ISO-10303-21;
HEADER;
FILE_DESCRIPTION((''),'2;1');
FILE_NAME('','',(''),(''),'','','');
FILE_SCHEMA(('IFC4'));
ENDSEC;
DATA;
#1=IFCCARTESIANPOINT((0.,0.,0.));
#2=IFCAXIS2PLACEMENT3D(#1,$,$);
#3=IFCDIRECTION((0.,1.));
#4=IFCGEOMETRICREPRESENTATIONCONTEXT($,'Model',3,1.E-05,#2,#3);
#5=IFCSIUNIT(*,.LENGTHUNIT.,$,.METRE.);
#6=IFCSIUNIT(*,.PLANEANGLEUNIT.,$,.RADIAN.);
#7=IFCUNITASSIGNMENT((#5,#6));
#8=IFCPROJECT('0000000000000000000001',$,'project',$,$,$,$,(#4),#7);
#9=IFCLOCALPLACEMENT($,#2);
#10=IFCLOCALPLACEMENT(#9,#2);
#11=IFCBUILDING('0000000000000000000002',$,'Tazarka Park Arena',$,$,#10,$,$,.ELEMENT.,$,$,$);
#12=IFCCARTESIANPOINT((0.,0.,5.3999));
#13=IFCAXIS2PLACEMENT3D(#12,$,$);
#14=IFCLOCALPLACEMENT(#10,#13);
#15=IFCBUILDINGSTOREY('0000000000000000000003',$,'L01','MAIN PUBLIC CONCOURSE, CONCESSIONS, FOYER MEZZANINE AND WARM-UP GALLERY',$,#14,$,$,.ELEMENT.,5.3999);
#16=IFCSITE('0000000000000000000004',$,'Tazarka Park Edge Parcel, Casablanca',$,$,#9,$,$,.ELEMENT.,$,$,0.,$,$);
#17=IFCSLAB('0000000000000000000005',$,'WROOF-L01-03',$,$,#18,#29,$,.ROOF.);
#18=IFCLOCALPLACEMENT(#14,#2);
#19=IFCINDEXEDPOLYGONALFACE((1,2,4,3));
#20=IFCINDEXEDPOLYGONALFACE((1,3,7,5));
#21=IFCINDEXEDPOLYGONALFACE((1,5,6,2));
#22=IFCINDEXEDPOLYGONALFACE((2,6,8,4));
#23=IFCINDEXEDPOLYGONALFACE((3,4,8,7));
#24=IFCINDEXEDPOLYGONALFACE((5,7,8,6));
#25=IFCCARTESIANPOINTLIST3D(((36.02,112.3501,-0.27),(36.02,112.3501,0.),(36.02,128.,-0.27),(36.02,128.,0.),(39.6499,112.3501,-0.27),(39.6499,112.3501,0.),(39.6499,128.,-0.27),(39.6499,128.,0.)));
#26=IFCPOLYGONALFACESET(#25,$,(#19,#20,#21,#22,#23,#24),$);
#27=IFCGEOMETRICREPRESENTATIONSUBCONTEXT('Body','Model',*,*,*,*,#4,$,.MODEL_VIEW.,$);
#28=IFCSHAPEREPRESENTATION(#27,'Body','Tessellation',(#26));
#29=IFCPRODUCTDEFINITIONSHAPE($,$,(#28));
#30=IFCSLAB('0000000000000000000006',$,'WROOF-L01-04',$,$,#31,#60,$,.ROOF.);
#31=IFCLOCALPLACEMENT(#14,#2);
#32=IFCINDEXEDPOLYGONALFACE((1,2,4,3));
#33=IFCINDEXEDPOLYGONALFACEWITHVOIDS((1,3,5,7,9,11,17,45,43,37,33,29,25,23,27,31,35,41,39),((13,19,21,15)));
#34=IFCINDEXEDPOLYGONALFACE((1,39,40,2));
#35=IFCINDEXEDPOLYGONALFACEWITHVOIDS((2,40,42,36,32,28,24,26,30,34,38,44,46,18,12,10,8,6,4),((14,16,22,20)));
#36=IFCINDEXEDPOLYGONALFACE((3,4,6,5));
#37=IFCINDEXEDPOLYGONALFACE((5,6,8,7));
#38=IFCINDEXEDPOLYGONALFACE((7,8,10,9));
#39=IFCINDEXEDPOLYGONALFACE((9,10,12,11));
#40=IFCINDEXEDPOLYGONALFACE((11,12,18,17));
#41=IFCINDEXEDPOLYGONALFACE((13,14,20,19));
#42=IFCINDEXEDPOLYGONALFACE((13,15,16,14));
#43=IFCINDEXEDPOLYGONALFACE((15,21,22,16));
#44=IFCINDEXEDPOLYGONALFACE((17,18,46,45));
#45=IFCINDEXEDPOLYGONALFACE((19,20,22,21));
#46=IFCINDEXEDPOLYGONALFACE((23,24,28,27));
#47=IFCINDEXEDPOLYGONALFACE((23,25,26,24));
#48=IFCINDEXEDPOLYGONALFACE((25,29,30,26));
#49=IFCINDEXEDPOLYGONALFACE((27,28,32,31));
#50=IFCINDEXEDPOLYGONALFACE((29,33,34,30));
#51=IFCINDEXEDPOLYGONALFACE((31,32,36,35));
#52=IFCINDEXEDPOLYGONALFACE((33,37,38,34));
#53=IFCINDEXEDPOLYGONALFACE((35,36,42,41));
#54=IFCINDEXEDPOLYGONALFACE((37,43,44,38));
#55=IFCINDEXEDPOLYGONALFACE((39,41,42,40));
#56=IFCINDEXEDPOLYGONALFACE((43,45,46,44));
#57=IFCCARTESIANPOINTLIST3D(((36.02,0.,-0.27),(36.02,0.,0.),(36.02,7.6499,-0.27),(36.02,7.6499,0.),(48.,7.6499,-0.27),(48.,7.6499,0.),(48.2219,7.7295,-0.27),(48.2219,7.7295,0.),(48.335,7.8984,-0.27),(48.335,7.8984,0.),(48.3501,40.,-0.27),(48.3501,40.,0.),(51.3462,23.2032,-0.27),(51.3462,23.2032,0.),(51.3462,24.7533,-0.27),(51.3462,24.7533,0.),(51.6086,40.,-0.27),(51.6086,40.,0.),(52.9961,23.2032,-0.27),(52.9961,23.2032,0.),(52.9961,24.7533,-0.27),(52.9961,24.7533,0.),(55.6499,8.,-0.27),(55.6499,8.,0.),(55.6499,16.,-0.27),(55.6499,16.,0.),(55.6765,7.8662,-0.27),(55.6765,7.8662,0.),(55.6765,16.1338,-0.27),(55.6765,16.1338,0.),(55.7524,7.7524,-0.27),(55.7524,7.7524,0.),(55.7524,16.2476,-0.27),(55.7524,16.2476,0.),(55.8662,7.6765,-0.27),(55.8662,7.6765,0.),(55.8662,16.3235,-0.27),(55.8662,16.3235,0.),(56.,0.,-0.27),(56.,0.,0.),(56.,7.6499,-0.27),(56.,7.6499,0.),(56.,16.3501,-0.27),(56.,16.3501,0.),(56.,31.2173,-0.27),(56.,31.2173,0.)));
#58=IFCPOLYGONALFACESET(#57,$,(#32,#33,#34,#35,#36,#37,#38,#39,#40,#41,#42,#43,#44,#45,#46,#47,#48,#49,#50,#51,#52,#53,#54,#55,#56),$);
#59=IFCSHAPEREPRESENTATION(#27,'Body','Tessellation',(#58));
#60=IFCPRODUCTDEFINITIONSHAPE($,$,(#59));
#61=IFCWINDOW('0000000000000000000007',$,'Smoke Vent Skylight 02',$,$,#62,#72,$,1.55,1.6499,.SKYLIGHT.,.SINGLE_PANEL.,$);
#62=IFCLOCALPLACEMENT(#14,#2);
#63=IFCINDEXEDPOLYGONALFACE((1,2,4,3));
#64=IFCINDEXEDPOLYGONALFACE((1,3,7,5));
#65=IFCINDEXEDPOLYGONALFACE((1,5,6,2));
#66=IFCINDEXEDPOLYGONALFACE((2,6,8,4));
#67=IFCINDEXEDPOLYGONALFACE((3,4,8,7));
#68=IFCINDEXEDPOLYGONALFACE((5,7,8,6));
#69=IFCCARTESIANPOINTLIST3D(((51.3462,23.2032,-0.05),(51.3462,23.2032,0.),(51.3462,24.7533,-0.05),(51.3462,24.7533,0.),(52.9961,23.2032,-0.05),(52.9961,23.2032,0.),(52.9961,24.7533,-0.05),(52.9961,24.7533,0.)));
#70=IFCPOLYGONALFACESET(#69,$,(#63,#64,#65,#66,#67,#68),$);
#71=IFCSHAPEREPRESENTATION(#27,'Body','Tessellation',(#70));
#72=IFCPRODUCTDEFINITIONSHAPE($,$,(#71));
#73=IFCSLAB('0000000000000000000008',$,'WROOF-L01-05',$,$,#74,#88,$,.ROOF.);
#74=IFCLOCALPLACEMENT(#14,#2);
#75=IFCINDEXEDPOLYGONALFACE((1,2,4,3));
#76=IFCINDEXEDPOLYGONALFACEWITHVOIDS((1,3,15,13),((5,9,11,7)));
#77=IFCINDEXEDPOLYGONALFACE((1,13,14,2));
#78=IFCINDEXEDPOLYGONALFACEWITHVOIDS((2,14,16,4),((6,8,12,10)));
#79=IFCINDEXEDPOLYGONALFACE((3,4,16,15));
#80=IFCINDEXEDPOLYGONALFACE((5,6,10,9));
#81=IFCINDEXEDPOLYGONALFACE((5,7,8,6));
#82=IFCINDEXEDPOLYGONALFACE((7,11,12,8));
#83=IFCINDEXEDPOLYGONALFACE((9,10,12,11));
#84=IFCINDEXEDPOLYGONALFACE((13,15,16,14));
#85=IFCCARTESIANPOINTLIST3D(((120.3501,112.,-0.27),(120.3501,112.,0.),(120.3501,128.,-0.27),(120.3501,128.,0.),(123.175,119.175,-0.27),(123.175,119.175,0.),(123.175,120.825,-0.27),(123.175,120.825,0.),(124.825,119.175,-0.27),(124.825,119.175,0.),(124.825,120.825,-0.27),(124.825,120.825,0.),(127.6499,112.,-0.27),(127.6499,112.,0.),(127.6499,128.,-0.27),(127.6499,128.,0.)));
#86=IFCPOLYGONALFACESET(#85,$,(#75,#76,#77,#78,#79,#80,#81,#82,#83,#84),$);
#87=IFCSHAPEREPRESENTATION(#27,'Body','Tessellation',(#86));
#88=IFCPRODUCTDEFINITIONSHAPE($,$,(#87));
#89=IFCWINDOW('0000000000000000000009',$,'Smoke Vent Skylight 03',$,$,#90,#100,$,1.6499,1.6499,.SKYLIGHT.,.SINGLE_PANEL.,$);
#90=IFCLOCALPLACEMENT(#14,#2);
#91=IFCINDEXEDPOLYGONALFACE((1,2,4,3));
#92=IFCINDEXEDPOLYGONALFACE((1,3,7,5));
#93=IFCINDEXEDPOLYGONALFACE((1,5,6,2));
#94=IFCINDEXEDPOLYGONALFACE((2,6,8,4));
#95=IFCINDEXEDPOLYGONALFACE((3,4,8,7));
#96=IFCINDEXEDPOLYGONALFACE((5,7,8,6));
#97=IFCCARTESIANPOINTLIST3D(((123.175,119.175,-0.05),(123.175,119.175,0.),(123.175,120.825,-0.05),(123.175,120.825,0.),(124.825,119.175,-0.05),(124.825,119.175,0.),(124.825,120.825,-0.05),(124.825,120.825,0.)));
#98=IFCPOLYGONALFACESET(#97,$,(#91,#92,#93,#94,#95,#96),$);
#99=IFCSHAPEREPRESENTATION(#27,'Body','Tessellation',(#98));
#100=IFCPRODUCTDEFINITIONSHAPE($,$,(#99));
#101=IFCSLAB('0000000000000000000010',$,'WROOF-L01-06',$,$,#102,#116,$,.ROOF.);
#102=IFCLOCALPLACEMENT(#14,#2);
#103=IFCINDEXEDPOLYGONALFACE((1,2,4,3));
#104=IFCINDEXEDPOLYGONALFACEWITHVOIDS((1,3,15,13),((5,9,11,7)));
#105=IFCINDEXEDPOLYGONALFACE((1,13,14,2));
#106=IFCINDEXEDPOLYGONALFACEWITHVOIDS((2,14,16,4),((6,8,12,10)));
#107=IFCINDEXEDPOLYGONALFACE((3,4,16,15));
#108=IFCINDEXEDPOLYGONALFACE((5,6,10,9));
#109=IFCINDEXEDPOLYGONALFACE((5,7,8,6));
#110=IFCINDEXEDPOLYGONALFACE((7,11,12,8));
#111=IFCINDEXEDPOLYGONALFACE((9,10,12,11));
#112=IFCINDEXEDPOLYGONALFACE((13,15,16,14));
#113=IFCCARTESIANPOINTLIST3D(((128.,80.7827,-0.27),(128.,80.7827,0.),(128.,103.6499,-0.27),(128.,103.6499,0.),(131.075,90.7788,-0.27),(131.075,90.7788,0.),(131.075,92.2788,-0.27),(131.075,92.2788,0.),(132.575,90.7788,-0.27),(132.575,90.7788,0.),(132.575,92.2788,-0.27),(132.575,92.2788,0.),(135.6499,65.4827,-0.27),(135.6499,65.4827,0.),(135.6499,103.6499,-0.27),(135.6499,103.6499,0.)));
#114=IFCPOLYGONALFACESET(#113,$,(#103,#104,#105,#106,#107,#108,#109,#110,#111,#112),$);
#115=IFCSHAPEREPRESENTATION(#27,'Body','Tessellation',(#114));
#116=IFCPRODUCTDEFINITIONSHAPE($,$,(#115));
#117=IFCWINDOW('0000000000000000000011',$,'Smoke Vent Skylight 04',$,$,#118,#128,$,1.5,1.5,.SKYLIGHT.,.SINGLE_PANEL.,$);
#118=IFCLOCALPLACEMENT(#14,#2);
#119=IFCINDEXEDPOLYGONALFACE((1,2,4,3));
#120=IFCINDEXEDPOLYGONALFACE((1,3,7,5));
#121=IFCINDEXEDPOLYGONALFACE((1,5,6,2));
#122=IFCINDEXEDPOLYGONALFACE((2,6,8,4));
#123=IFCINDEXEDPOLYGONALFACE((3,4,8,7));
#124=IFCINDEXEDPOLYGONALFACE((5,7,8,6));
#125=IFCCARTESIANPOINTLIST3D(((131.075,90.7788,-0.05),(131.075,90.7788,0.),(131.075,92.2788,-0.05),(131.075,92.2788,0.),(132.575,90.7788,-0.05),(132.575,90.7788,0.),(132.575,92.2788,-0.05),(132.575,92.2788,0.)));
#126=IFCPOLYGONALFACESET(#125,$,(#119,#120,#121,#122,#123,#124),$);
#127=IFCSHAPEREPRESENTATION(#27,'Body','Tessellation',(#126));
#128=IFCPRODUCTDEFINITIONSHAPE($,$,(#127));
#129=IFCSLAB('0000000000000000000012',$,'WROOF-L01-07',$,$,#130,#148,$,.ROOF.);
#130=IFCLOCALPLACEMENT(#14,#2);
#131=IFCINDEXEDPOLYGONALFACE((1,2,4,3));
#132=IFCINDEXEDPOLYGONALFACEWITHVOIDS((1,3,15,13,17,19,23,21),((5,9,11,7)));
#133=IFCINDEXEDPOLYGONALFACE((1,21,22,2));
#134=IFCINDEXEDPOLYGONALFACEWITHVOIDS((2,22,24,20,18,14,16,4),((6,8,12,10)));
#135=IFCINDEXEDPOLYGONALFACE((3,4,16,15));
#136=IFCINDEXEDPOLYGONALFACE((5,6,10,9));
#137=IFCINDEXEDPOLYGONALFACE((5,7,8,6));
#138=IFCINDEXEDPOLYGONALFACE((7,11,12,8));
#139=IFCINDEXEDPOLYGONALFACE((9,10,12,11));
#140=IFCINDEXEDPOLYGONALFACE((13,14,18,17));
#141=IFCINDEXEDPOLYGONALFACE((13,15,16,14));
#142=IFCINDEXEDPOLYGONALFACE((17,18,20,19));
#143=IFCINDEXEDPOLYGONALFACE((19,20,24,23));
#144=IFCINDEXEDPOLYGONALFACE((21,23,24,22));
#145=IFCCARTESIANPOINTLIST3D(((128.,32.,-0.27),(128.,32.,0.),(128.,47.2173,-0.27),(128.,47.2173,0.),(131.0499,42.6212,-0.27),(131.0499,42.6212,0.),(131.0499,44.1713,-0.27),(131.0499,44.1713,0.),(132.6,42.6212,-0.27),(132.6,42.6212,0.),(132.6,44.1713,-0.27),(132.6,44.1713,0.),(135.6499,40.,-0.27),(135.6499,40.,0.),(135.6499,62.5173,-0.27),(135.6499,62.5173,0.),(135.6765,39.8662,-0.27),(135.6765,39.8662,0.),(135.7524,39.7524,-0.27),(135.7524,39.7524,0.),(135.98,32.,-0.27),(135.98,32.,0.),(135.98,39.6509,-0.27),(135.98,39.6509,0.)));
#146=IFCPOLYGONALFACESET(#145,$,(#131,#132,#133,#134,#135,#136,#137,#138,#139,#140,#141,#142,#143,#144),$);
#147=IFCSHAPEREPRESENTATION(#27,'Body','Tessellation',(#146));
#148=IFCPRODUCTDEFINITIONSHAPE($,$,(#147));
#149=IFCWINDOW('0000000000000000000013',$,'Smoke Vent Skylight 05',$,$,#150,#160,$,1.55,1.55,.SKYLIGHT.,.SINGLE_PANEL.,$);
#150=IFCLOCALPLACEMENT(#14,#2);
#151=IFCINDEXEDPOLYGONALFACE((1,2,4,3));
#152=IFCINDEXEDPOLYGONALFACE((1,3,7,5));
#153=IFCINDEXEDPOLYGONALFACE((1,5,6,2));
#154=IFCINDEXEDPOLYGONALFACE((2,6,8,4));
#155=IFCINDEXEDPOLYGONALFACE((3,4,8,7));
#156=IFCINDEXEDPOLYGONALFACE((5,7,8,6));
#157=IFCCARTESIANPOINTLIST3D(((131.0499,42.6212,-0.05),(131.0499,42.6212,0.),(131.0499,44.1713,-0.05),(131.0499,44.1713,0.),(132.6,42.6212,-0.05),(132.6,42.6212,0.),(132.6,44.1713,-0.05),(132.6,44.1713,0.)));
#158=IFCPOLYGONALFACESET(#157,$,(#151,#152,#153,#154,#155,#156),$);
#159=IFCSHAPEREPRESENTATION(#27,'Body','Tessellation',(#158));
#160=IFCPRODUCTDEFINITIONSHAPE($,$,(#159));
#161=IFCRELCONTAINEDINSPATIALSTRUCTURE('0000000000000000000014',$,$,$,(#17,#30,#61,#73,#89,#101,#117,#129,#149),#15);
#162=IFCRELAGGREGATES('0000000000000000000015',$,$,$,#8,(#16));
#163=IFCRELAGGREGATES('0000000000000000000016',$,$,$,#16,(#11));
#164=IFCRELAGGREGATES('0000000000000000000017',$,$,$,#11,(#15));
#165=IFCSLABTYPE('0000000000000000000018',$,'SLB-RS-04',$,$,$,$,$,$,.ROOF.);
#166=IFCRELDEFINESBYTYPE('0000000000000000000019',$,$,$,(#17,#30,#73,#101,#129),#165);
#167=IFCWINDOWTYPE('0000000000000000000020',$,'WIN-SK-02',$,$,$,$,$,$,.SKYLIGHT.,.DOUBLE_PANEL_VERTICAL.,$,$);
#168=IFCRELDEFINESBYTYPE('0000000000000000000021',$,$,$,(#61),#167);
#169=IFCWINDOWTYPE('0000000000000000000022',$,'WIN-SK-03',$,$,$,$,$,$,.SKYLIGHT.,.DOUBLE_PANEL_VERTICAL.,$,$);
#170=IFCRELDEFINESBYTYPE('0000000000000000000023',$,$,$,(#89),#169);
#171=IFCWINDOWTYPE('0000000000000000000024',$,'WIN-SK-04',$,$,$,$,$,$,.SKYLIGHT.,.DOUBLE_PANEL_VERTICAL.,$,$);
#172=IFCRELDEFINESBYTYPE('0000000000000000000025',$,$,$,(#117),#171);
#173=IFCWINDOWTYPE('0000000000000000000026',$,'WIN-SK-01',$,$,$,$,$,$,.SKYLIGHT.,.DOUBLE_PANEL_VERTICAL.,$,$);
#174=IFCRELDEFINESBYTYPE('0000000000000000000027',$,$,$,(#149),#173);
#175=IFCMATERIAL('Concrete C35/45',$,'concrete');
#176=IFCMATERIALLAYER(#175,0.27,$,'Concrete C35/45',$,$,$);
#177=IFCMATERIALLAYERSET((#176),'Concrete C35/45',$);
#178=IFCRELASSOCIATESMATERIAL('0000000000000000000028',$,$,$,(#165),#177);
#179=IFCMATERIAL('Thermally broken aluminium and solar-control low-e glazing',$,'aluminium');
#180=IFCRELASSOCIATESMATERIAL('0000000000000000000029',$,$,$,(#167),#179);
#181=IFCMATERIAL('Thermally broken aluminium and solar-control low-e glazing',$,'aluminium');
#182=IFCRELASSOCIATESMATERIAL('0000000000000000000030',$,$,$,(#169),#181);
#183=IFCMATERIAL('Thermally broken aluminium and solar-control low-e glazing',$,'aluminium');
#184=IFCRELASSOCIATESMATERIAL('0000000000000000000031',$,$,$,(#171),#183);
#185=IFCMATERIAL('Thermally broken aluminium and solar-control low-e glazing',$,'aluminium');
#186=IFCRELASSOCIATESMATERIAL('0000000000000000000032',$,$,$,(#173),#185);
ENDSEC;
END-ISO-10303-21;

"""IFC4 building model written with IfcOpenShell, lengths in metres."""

from ifc_helpers import new_model, si_unit, direction, frame, origin, origin_2d, place, context, subcontext, project, spatial, polyline, rectangle, outline, extrude, material, layer, layer_set, type_object, element, fill, save


model = new_model("IFC4")

# Units and contexts
model_context = context("Model", 3, precision=1e-05, world=origin(), true_north=direction((0.0, 1.0)))
body_context = subcontext(model_context, "Body", "Model", "MODEL_VIEW")
ifc_project = project(units=[si_unit("LENGTHUNIT", "METRE"), si_unit("PLANEANGLEUNIT", "RADIAN")], contexts=[model_context])

# Site, building, storey
site_placement = place(None, origin())
site = spatial("IfcSite", under=ifc_project, at=site_placement, Name="Tazarka Park Edge Parcel, Casablanca", CompositionType="ELEMENT", RefElevation=0.0)
building_placement = place(site_placement, origin())
building = spatial("IfcBuilding", under=site, at=building_placement, Name="Tazarka Park Arena", CompositionType="ELEMENT")
storey_placement = place(building_placement, frame((0.0, 0.0, 5.3999)))
storey = spatial("IfcBuildingStorey", under=building, at=storey_placement, Name="L01", Description="MAIN PUBLIC CONCOURSE, CONCESSIONS, FOYER MEZZANINE AND WARM-UP GALLERY", CompositionType="ELEMENT", Elevation=5.3999)

# Slab
ifc_material_1 = material(Name="Concrete C35/45", Category="concrete")
ifc_layer_1 = layer(ifc_material_1, 0.27, Name="Concrete C35/45")
ifc_layer_set_1 = layer_set([ifc_layer_1], Name="Concrete C35/45")
slab_type = type_object("IfcSlabType", Name="SLB-RS-04", PredefinedType="ROOF", material=ifc_layer_set_1)
slab_1_placement = place(storey_placement, frame((0.0, 0.0, -0.27)))
element("IfcSlab", 1, at=slab_1_placement, inside=storey, type_object=slab_type, Name="WROOF-L01-03", PredefinedType="ROOF", context=body_context, shape_type="SweptSolid", body=[
    extrude(outline(polyline([(39.6499, 112.3501), (36.02, 112.3501), (36.02, 128.0), (39.6499, 128.0), (39.6499, 112.3501)])), origin(), (0.0, 0.0, 1.0), 0.27),
])

# Slabs, openings, windows
slab_2_placement = place(storey_placement, frame((0.0, 0.0, -0.27)))
slab_2 = element("IfcSlab", 2, at=slab_2_placement, inside=storey, type_object=slab_type, Name="WROOF-L01-04", PredefinedType="ROOF", context=body_context, shape_type="SweptSolid", body=[
    extrude(outline(polyline([(56.0, 31.2173), (56.0, 16.3501), (55.8662, 16.3235), (55.7524, 16.2476), (55.6765, 16.1338), (55.6499, 16.0), (55.6499, 8.0), (55.6765, 7.8662), (55.7524, 7.7524), (55.8662, 7.6765), (56.0, 7.6499), (56.0, 0.0), (36.02, 0.0), (36.02, 7.6499), (48.0, 7.6499), (48.2219, 7.7295), (48.335, 7.8984), (48.3501, 40.0), (51.6086, 40.0), (56.0, 31.2173)])), origin(), (0.0, 0.0, 1.0), 0.27),
])
opening_1_placement = place(slab_2_placement, frame((52.1711, 23.9783, 0.0)))
opening_1 = element("IfcOpeningElement", 3, at=opening_1_placement, cuts=slab_2, PredefinedType="OPENING", context=body_context, shape_type="SweptSolid", body=[
    extrude(rectangle(XDim=1.6499, YDim=1.55, at=origin_2d()), origin(), (0.0, 0.0, 1.0), 0.27),
])
ifc_material_2 = material(Name="Thermally broken aluminium and solar-control low-e glazing", Category="aluminium")
window_type_1 = type_object("IfcWindowType", Name="WIN-SK-02", PartitioningType="DOUBLE_PANEL_VERTICAL", PredefinedType="SKYLIGHT", material=ifc_material_2)
window_1_placement = place(opening_1_placement, frame((0.0, 0.0, 0.22)))
window_1 = element("IfcWindow", 4, at=window_1_placement, inside=storey, type_object=window_type_1, Name="Smoke Vent Skylight 02", OverallHeight=1.55, OverallWidth=1.6499, PartitioningType="SINGLE_PANEL", PredefinedType="SKYLIGHT", context=body_context, shape_type="SweptSolid", body=[
    extrude(rectangle(XDim=1.6499, YDim=1.55, at=origin_2d()), origin(), (0.0, 0.0, 1.0), 0.05),
])
fill(opening_1, window_1)
slab_3_placement = place(storey_placement, frame((0.0, 0.0, -0.27)))
slab_3 = element("IfcSlab", 5, at=slab_3_placement, inside=storey, type_object=slab_type, Name="WROOF-L01-05", PredefinedType="ROOF", context=body_context, shape_type="SweptSolid", body=[
    extrude(outline(polyline([(127.6499, 128.0), (127.6499, 112.0), (120.3501, 112.0), (120.3501, 128.0), (127.6499, 128.0)])), origin(), (0.0, 0.0, 1.0), 0.27),
])
opening_2_placement = place(slab_3_placement, frame((124.0, 120.0, 0.0)))
opening_2 = element("IfcOpeningElement", 6, at=opening_2_placement, cuts=slab_3, PredefinedType="OPENING", context=body_context, shape_type="SweptSolid", body=[
    extrude(rectangle(XDim=1.6499, YDim=1.6499, at=origin_2d()), origin(), (0.0, 0.0, 1.0), 0.27),
])
ifc_material_3 = material(Name="Thermally broken aluminium and solar-control low-e glazing", Category="aluminium")
window_type_2 = type_object("IfcWindowType", Name="WIN-SK-03", PartitioningType="DOUBLE_PANEL_VERTICAL", PredefinedType="SKYLIGHT", material=ifc_material_3)
window_2_placement = place(opening_2_placement, frame((0.0, 0.0, 0.22)))
window_2 = element("IfcWindow", 7, at=window_2_placement, inside=storey, type_object=window_type_2, Name="Smoke Vent Skylight 03", OverallHeight=1.6499, OverallWidth=1.6499, PartitioningType="SINGLE_PANEL", PredefinedType="SKYLIGHT", context=body_context, shape_type="SweptSolid", body=[
    extrude(rectangle(XDim=1.6499, YDim=1.6499, at=origin_2d()), origin(), (0.0, 0.0, 1.0), 0.05),
])
fill(opening_2, window_2)
slab_4_placement = place(storey_placement, frame((0.0, 0.0, -0.27)))
slab_4 = element("IfcSlab", 8, at=slab_4_placement, inside=storey, type_object=slab_type, Name="WROOF-L01-06", PredefinedType="ROOF", context=body_context, shape_type="SweptSolid", body=[
    extrude(outline(polyline([(135.6499, 103.6499), (135.6499, 65.4827), (128.0, 80.7827), (128.0, 103.6499), (135.6499, 103.6499)])), origin(), (0.0, 0.0, 1.0), 0.27),
])
opening_3_placement = place(slab_4_placement, frame((131.825, 91.5288, 0.0)))
opening_3 = element("IfcOpeningElement", 9, at=opening_3_placement, cuts=slab_4, PredefinedType="OPENING", context=body_context, shape_type="SweptSolid", body=[
    extrude(rectangle(XDim=1.5, YDim=1.5, at=origin_2d()), origin(), (0.0, 0.0, 1.0), 0.27),
])
ifc_material_4 = material(Name="Thermally broken aluminium and solar-control low-e glazing", Category="aluminium")
window_type_3 = type_object("IfcWindowType", Name="WIN-SK-04", PartitioningType="DOUBLE_PANEL_VERTICAL", PredefinedType="SKYLIGHT", material=ifc_material_4)
window_3_placement = place(opening_3_placement, frame((0.0, 0.0, 0.22)))
window_3 = element("IfcWindow", 10, at=window_3_placement, inside=storey, type_object=window_type_3, Name="Smoke Vent Skylight 04", OverallHeight=1.5, OverallWidth=1.5, PartitioningType="SINGLE_PANEL", PredefinedType="SKYLIGHT", context=body_context, shape_type="SweptSolid", body=[
    extrude(rectangle(XDim=1.5, YDim=1.5, at=origin_2d()), origin(), (0.0, 0.0, 1.0), 0.05),
])
fill(opening_3, window_3)
slab_5_placement = place(storey_placement, frame((0.0, 0.0, -0.27)))
slab_5 = element("IfcSlab", 11, at=slab_5_placement, inside=storey, type_object=slab_type, Name="WROOF-L01-07", PredefinedType="ROOF", context=body_context, shape_type="SweptSolid", body=[
    extrude(outline(polyline([(128.0, 32.0), (128.0, 47.2173), (135.6499, 62.5173), (135.6499, 40.0), (135.6765, 39.8662), (135.7524, 39.7524), (135.98, 39.6509), (135.98, 32.0), (128.0, 32.0)])), origin(), (0.0, 0.0, 1.0), 0.27),
])
opening_4_placement = place(slab_5_placement, frame((131.825, 43.3962, 0.0)))
opening_4 = element("IfcOpeningElement", 12, at=opening_4_placement, cuts=slab_5, PredefinedType="OPENING", context=body_context, shape_type="SweptSolid", body=[
    extrude(rectangle(XDim=1.55, YDim=1.55, at=origin_2d()), origin(), (0.0, 0.0, 1.0), 0.27),
])
ifc_material_5 = material(Name="Thermally broken aluminium and solar-control low-e glazing", Category="aluminium")
window_type_4 = type_object("IfcWindowType", Name="WIN-SK-01", PartitioningType="DOUBLE_PANEL_VERTICAL", PredefinedType="SKYLIGHT", material=ifc_material_5)
window_4_placement = place(opening_4_placement, frame((0.0, 0.0, 0.22)))
window_4 = element("IfcWindow", 13, at=window_4_placement, inside=storey, type_object=window_type_4, Name="Smoke Vent Skylight 05", OverallHeight=1.55, OverallWidth=1.55, PartitioningType="SINGLE_PANEL", PredefinedType="SKYLIGHT", context=body_context, shape_type="SweptSolid", body=[
    extrude(rectangle(XDim=1.55, YDim=1.55, at=origin_2d()), origin(), (0.0, 0.0, 1.0), 0.05),
])
fill(opening_4, window_4)

save(model, "model.ifc")
